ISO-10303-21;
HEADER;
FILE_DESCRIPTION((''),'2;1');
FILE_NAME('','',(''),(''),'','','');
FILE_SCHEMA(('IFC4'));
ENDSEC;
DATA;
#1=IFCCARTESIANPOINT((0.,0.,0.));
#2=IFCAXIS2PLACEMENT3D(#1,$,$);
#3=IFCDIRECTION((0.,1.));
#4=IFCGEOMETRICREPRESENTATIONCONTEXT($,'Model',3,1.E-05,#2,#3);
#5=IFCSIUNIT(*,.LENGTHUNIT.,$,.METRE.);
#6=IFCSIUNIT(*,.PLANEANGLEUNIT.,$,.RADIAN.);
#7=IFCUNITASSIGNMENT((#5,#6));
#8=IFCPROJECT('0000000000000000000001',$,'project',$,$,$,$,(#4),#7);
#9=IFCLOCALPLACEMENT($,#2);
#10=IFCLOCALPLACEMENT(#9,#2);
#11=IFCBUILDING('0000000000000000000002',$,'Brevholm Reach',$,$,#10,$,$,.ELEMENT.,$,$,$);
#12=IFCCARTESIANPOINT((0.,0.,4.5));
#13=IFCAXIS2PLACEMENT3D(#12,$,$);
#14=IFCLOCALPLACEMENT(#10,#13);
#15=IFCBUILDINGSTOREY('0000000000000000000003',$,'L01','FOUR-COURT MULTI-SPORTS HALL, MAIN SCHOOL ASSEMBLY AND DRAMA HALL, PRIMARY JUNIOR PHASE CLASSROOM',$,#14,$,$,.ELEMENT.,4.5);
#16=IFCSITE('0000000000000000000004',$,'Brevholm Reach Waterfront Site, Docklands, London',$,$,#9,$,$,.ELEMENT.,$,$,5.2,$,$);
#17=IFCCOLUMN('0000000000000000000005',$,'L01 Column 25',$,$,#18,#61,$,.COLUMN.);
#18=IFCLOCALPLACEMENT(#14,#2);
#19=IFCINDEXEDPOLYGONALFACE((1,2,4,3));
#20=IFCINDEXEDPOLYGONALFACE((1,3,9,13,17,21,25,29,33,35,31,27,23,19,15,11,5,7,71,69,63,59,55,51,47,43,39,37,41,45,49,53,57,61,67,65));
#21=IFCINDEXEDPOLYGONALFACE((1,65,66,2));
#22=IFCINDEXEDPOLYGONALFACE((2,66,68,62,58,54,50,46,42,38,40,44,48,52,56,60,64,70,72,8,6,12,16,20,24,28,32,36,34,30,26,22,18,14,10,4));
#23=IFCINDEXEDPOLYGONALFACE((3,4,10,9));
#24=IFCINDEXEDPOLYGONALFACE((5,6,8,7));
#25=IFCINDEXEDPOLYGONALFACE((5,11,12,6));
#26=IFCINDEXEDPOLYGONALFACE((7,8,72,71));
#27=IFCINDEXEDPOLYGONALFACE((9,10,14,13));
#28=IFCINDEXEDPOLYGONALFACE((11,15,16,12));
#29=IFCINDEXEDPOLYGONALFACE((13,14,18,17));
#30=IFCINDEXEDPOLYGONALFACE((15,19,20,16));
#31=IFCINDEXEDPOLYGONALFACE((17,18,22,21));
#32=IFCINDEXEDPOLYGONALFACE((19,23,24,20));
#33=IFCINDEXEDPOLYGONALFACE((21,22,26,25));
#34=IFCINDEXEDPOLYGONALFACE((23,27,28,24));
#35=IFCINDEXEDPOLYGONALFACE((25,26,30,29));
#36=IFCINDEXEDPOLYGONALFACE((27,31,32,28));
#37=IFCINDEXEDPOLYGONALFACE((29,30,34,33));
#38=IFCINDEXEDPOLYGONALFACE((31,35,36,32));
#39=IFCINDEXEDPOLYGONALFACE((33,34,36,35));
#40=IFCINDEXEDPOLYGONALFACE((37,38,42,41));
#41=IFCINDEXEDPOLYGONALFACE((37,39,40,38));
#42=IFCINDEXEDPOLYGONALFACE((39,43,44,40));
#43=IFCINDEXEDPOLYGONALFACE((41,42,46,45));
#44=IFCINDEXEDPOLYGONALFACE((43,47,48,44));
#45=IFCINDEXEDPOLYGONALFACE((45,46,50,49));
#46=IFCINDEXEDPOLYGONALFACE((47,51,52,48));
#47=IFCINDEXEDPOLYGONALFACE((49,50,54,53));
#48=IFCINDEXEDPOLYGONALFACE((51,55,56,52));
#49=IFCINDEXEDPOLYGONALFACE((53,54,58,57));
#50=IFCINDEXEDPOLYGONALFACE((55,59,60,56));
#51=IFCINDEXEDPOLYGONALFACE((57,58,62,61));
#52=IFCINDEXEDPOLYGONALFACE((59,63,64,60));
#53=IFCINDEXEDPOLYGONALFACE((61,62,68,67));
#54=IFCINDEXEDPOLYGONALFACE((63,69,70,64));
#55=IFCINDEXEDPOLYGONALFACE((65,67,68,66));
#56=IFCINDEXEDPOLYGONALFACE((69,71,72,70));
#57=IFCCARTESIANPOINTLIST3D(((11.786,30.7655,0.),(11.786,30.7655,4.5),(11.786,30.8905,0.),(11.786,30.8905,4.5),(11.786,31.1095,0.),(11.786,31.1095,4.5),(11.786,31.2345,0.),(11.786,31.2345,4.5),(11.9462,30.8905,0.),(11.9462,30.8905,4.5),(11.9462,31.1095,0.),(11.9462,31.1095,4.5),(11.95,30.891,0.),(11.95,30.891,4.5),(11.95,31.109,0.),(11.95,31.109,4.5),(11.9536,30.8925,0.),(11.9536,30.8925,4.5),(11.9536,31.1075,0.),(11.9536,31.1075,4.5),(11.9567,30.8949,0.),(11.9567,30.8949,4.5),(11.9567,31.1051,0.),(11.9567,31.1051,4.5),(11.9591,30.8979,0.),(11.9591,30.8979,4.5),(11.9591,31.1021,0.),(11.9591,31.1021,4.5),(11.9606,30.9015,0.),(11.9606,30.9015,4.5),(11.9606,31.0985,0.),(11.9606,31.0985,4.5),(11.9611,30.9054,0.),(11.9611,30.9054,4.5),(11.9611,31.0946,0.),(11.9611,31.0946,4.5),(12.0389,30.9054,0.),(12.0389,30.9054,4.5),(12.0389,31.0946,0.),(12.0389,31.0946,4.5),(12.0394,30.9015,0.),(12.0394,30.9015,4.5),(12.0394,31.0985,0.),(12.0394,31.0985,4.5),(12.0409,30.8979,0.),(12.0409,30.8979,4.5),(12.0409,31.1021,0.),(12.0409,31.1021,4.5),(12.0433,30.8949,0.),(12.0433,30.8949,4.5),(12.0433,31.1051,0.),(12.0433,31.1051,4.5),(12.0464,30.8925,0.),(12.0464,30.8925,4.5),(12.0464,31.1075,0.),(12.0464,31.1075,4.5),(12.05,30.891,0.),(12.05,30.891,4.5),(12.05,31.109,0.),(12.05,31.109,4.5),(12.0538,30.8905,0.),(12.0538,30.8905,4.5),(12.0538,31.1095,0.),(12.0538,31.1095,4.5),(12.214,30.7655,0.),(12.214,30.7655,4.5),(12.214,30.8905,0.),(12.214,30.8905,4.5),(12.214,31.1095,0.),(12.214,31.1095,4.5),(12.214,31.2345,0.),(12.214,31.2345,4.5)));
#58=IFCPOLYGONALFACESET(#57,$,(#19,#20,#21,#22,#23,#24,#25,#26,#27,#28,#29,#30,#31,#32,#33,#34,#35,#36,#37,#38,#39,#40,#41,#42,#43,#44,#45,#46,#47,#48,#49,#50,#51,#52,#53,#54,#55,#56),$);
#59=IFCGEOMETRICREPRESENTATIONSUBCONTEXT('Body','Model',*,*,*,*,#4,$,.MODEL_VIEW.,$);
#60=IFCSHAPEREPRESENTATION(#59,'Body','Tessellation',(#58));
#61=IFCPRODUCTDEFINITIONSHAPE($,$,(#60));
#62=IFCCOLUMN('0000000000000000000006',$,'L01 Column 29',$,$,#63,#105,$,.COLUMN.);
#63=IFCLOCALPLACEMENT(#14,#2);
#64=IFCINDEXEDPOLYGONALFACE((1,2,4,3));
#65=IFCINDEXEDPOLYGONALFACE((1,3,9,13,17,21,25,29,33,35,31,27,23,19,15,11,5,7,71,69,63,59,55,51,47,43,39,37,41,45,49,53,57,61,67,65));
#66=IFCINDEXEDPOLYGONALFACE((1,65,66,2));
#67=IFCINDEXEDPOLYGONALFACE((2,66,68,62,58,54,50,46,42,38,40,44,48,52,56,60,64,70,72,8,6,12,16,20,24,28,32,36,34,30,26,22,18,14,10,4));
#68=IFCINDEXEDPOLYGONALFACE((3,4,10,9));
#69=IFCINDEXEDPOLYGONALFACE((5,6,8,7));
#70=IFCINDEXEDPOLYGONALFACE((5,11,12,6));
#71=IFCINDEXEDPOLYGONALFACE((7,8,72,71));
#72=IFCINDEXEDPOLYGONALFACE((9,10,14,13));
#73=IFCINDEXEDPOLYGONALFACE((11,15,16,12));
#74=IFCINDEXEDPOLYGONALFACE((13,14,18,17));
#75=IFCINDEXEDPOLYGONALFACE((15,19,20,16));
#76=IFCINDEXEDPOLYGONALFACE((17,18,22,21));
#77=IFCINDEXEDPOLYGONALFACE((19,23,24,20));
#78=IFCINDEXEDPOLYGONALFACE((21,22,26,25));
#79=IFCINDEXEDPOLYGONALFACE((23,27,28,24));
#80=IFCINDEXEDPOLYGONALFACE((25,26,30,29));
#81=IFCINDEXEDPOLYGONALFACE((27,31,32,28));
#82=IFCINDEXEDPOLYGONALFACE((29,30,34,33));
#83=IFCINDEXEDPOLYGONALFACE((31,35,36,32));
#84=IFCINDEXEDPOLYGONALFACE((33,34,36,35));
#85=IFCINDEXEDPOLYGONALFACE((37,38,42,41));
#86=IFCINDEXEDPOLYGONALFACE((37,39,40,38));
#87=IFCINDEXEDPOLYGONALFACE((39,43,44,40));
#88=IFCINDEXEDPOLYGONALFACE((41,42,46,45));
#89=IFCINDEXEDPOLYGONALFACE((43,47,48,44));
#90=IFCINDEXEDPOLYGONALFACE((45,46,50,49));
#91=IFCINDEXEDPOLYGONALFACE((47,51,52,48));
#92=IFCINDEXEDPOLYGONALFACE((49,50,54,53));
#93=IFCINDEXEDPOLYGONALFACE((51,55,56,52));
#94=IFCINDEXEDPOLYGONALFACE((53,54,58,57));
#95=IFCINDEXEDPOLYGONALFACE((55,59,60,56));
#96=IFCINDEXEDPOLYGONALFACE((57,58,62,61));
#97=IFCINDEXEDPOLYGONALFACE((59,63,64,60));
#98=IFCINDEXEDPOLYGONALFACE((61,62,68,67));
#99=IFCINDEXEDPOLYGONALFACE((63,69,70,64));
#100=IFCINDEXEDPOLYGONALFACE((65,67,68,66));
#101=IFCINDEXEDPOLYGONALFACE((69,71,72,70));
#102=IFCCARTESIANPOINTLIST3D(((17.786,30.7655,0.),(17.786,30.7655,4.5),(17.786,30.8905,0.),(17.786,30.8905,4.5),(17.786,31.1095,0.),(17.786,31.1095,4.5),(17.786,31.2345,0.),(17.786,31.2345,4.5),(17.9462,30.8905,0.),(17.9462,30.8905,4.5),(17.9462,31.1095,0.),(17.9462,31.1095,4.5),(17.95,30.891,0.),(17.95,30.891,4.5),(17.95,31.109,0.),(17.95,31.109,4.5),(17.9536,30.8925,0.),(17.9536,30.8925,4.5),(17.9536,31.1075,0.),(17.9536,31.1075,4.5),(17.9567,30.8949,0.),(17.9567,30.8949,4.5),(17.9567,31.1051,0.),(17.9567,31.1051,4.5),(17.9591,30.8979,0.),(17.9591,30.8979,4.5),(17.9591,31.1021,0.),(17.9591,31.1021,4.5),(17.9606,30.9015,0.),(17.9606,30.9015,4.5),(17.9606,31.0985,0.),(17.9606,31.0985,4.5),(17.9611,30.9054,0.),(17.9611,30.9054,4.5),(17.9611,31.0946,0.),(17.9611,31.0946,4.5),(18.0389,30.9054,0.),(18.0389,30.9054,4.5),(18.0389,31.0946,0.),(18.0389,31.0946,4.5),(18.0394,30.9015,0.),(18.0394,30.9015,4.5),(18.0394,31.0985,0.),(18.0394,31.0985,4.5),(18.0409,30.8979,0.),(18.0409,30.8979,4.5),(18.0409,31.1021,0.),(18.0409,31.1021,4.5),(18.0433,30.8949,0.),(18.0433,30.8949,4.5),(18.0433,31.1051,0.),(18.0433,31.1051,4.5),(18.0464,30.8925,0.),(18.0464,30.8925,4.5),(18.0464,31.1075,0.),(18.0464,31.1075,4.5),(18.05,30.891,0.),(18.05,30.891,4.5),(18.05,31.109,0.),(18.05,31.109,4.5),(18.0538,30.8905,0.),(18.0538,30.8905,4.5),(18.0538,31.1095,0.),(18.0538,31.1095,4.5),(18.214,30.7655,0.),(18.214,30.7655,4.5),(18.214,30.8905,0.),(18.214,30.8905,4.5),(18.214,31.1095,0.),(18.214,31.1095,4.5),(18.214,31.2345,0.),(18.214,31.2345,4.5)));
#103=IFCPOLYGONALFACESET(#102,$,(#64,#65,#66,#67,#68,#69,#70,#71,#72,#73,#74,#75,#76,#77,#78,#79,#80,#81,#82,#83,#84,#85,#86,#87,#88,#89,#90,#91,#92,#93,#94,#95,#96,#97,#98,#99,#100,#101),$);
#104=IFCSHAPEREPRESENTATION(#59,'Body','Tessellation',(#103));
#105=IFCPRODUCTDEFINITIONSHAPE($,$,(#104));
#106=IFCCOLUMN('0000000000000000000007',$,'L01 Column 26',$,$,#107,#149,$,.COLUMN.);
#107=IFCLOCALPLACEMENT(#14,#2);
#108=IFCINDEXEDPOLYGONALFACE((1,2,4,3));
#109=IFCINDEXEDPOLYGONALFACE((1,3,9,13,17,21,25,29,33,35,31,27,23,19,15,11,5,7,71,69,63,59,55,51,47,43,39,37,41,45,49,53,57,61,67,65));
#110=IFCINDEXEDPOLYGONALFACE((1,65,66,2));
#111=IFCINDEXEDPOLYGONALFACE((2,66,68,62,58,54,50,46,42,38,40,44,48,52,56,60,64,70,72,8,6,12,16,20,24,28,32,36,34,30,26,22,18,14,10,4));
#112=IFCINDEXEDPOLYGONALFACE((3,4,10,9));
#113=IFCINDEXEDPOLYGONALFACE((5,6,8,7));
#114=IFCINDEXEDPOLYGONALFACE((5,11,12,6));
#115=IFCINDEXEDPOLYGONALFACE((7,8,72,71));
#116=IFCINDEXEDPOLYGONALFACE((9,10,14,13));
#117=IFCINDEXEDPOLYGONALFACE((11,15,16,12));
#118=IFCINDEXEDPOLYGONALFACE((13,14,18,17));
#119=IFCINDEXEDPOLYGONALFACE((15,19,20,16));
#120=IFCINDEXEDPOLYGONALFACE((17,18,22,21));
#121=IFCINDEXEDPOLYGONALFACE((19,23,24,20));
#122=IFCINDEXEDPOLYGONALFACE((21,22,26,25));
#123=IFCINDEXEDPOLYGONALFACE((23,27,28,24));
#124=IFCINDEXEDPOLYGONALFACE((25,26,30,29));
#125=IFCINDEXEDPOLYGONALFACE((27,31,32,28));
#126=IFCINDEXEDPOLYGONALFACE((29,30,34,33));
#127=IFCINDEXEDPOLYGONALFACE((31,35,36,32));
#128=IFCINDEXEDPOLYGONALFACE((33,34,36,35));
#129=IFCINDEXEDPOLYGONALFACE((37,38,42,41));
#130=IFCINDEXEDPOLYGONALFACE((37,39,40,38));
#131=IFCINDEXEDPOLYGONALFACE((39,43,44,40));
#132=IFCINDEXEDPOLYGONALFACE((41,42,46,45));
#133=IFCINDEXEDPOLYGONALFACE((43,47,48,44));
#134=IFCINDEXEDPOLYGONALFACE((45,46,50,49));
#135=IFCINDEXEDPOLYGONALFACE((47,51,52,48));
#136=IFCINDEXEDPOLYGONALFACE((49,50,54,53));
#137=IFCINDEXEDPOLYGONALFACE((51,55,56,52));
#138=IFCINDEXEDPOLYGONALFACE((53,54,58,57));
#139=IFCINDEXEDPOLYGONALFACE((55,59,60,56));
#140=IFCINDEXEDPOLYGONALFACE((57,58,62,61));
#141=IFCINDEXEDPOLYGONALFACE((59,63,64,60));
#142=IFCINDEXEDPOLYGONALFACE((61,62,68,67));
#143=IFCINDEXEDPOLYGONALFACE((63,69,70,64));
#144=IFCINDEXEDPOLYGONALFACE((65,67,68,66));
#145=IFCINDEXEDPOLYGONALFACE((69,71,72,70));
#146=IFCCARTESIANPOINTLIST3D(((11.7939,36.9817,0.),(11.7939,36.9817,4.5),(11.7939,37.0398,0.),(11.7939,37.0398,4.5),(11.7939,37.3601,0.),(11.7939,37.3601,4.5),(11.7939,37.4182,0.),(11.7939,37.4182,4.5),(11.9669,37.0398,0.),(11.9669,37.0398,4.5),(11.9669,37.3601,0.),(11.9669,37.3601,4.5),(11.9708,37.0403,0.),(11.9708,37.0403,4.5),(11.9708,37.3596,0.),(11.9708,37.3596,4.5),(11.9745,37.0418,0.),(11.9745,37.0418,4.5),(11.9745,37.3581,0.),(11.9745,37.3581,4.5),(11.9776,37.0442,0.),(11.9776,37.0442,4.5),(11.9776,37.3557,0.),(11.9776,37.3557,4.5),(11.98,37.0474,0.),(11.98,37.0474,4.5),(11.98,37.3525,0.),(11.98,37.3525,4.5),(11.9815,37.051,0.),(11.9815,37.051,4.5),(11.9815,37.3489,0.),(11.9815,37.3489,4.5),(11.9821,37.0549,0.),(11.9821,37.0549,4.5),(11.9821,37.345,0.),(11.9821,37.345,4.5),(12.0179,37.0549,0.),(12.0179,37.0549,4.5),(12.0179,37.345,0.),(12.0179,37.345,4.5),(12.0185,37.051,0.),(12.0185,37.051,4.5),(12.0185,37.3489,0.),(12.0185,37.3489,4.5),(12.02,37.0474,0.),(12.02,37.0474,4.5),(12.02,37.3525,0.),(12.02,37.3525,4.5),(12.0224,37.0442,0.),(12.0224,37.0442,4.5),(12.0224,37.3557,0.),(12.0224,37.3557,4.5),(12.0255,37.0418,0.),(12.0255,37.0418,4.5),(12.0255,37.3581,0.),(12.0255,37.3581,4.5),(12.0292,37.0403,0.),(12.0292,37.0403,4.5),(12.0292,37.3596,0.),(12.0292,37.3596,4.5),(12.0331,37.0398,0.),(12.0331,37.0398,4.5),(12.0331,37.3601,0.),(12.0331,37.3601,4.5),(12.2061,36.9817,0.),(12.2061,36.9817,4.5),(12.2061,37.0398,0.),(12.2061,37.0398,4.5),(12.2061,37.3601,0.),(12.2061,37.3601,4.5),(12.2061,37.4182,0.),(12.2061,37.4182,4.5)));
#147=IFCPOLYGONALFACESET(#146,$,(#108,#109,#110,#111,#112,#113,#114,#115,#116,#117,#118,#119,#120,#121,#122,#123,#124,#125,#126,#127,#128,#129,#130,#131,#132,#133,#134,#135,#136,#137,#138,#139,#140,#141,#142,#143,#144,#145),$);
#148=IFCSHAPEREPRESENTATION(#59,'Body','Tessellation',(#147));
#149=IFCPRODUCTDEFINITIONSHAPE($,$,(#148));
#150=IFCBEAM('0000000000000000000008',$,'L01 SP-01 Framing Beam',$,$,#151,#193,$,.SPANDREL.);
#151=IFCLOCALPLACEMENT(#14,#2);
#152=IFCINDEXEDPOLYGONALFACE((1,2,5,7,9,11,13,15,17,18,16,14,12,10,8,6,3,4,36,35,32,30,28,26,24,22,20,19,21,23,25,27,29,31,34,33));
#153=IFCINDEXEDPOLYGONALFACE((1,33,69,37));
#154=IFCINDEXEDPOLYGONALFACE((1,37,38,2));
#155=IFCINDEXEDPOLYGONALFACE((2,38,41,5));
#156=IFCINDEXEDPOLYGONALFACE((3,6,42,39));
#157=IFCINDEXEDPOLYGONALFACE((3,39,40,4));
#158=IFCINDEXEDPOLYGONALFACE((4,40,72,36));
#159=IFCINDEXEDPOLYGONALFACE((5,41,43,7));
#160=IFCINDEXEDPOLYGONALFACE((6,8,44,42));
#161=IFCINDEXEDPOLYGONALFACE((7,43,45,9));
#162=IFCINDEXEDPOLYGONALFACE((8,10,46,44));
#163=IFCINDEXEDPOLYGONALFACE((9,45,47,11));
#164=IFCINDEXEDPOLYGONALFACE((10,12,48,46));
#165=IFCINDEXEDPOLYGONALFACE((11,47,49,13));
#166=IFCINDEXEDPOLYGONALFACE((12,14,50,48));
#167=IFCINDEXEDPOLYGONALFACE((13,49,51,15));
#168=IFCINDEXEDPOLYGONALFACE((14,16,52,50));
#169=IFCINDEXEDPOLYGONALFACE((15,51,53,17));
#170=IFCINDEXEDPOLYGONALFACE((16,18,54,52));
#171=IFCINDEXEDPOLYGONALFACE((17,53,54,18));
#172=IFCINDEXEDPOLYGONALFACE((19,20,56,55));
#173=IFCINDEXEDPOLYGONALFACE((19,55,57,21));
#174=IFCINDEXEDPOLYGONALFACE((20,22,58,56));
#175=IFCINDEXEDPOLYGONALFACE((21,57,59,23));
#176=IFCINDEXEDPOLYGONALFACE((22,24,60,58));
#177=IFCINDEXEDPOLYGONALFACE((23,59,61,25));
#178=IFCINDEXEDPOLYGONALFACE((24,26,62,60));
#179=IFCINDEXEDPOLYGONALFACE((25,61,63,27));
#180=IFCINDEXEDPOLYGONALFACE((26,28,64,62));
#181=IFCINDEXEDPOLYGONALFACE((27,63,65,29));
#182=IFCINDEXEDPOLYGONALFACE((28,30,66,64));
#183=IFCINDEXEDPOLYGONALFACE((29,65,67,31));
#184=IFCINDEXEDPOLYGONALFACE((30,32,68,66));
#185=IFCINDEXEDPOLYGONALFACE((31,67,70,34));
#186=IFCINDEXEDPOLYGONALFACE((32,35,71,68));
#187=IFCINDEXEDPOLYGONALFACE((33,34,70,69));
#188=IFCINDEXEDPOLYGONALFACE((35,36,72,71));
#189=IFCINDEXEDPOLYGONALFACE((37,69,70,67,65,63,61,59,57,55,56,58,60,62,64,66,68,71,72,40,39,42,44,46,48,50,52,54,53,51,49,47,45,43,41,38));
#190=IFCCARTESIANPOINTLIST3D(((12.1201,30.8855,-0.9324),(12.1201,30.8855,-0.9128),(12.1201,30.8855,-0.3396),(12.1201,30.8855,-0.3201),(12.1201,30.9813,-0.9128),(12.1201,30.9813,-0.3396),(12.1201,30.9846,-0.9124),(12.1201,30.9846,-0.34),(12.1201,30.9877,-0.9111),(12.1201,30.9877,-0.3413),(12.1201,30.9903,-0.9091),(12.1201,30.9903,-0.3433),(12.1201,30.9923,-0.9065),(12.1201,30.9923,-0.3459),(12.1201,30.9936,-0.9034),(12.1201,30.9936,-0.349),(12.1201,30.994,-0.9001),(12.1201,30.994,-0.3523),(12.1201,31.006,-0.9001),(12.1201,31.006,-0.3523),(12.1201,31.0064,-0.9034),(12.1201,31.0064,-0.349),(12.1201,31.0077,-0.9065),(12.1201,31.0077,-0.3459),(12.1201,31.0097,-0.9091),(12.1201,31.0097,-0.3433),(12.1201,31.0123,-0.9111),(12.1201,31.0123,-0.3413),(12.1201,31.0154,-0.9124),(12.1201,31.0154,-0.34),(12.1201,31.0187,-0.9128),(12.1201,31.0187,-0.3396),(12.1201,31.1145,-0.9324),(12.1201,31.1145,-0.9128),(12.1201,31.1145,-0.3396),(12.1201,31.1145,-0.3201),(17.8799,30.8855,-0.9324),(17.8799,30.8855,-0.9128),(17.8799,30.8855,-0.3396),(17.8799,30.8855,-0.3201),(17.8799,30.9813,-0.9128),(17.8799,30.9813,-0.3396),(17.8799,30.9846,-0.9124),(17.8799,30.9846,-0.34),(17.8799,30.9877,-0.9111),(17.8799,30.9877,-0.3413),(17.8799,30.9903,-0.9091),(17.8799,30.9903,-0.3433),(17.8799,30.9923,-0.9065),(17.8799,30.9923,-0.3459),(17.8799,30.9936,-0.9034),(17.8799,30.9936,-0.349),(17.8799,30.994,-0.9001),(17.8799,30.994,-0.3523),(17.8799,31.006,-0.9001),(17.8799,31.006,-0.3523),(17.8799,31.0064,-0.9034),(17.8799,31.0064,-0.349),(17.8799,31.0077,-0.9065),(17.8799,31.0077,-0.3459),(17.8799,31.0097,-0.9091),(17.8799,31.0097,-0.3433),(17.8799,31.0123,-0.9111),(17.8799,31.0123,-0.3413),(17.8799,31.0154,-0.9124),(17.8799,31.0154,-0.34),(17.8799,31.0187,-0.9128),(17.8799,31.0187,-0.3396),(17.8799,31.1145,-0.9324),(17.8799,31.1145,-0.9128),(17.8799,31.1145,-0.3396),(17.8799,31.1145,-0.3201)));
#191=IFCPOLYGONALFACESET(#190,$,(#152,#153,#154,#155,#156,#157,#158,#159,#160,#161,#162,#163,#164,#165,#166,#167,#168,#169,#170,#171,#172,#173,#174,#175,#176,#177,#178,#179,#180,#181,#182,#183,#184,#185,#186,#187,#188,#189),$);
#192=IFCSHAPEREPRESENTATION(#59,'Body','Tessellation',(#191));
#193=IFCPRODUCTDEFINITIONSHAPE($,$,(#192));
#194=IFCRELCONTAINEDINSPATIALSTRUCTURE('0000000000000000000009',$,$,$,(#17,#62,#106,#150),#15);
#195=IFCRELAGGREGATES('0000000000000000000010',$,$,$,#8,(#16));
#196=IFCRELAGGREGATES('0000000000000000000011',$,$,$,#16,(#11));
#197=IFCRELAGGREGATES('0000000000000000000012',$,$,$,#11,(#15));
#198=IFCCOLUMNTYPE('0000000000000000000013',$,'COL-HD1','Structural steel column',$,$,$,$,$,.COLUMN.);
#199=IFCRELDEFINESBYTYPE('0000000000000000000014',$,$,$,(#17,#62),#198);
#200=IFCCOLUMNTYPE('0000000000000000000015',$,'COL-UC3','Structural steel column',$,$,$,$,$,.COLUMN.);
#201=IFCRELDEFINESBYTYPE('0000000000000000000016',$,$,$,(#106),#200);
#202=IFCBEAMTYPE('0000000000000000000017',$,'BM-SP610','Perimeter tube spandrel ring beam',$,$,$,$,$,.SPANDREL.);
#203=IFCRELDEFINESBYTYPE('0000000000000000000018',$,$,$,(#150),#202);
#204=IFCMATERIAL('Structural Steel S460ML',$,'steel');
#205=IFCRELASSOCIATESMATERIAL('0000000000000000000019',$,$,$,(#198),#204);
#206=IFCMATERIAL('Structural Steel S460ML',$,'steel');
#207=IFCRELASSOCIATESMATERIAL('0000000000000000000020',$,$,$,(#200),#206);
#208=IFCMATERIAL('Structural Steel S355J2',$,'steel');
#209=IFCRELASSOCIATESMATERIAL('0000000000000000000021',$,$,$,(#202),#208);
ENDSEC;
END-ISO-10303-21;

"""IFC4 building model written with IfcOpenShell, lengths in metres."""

from ifc_helpers import new_model, si_unit, direction, frame, origin, origin_2d, place, context, subcontext, project, spatial, i_section, extrude, material, material_profile, profile_set, type_object, element, save


model = new_model("IFC4")

# Units and contexts
model_context = context("Model", 3, precision=1e-05, world=origin(), true_north=direction((0.0, 1.0)))
body_context = subcontext(model_context, "Body", "Model", "MODEL_VIEW")
ifc_project = project(units=[si_unit("LENGTHUNIT", "METRE"), si_unit("PLANEANGLEUNIT", "RADIAN")], contexts=[model_context])

# Site, building, storey
site_placement = place(None, origin())
site = spatial("IfcSite", under=ifc_project, at=site_placement, Name="Brevholm Reach Waterfront Site, Docklands, London", CompositionType="ELEMENT", RefElevation=5.2)
building_placement = place(site_placement, origin())
building = spatial("IfcBuilding", under=site, at=building_placement, Name="Brevholm Reach", CompositionType="ELEMENT")
storey_placement = place(building_placement, frame((0.0, 0.0, 4.5)))
storey = spatial("IfcBuildingStorey", under=building, at=storey_placement, Name="L01", Description="FOUR-COURT MULTI-SPORTS HALL, MAIN SCHOOL ASSEMBLY AND DRAMA HALL, PRIMARY JUNIOR PHASE CLASSROOM", CompositionType="ELEMENT", Elevation=4.5)

# Columns
ifc_material_1 = material(Name="Structural Steel S460ML", Category="steel")
ifc_material_profile_1 = material_profile(ifc_material_1, i_section(OverallWidth=0.428, OverallDepth=0.469, WebThickness=0.0779, FlangeThickness=0.125, FilletRadius=0.0149, at=origin_2d()), Name="HD 400x1086")
ifc_profile_set_1 = profile_set([ifc_material_profile_1], Name="Structural Steel S460ML")
column_type_1 = type_object("IfcColumnType", Name="COL-HD1", Description="Structural steel column", PredefinedType="COLUMN", material=ifc_profile_set_1)
for number, where, z_axis, x_axis, name in (
    (1, (12.0, 31.0, 0.0), (0.0, 0.0, 1.0), (1.0, 0.0, 0.0), "L01 Column 25"),
    (2, (18.0, 31.0, 0.0), (0.0, 0.0, 1.0), (1.0, 0.0, 0.0), "L01 Column 29"),
):
    element("IfcColumn", number, at=place(storey_placement, frame(where, z_axis=z_axis, x_axis=x_axis)), inside=storey, type_object=column_type_1, Name=name, PredefinedType="COLUMN", context=body_context, shape_type="SweptSolid", body=[
        extrude(i_section(OverallWidth=0.428, OverallDepth=0.469, WebThickness=0.0779, FlangeThickness=0.125, FilletRadius=0.0149, at=origin_2d()), origin(), (0.0, 0.0, 1.0), 4.5),
    ])
ifc_material_2 = material(Name="Structural Steel S460ML", Category="steel")
ifc_material_profile_2 = material_profile(ifc_material_2, i_section(OverallWidth=0.4121, OverallDepth=0.4365, WebThickness=0.0359, FlangeThickness=0.0581, FilletRadius=0.0151, at=origin_2d()), Name="UKC 356x406x467")
ifc_profile_set_2 = profile_set([ifc_material_profile_2], Name="Structural Steel S460ML")
column_type_2 = type_object("IfcColumnType", Name="COL-UC3", Description="Structural steel column", PredefinedType="COLUMN", material=ifc_profile_set_2)
column_placement = place(storey_placement, frame((12.0, 37.2, 0.0), z_axis=(0.0, 0.0, 1.0), x_axis=(1.0, 0.0, 0.0)))
element("IfcColumn", 3, at=column_placement, inside=storey, type_object=column_type_2, Name="L01 Column 26", PredefinedType="COLUMN", context=body_context, shape_type="SweptSolid", body=[
    extrude(i_section(OverallWidth=0.4121, OverallDepth=0.4365, WebThickness=0.0359, FlangeThickness=0.0581, FilletRadius=0.0151, at=origin_2d()), origin(), (0.0, 0.0, 1.0), 4.5),
])

# Beam
ifc_material_3 = material(Name="Structural Steel S355J2", Category="steel")
ifc_material_profile_3 = material_profile(ifc_material_3, i_section(OverallWidth=0.229, OverallDepth=0.6123, WebThickness=0.012, FlangeThickness=0.0195, FilletRadius=0.0127, at=origin_2d()), Name="UKB 610x229x125")
ifc_profile_set_3 = profile_set([ifc_material_profile_3], Name="Structural Steel S355J2")
beam_type_1 = type_object("IfcBeamType", Name="BM-SP610", Description="Perimeter tube spandrel ring beam", PredefinedType="SPANDREL", material=ifc_profile_set_3)
beam_1_placement = place(storey_placement, frame((12.1201, 31.0, -0.6262), z_axis=(1.0, 0.0, 0.0), x_axis=(0.0, 1.0, 0.0)))
element("IfcBeam", 4, at=beam_1_placement, inside=storey, type_object=beam_type_1, Name="L01 SP-01 Framing Beam", PredefinedType="SPANDREL", context=body_context, shape_type="SweptSolid", body=[
    extrude(i_section(OverallWidth=0.229, OverallDepth=0.6123, WebThickness=0.012, FlangeThickness=0.0195, FilletRadius=0.0127, at=origin_2d()), origin(), (0.0, 0.0, 1.0), 5.7598),
])

save(model, "model.ifc")
